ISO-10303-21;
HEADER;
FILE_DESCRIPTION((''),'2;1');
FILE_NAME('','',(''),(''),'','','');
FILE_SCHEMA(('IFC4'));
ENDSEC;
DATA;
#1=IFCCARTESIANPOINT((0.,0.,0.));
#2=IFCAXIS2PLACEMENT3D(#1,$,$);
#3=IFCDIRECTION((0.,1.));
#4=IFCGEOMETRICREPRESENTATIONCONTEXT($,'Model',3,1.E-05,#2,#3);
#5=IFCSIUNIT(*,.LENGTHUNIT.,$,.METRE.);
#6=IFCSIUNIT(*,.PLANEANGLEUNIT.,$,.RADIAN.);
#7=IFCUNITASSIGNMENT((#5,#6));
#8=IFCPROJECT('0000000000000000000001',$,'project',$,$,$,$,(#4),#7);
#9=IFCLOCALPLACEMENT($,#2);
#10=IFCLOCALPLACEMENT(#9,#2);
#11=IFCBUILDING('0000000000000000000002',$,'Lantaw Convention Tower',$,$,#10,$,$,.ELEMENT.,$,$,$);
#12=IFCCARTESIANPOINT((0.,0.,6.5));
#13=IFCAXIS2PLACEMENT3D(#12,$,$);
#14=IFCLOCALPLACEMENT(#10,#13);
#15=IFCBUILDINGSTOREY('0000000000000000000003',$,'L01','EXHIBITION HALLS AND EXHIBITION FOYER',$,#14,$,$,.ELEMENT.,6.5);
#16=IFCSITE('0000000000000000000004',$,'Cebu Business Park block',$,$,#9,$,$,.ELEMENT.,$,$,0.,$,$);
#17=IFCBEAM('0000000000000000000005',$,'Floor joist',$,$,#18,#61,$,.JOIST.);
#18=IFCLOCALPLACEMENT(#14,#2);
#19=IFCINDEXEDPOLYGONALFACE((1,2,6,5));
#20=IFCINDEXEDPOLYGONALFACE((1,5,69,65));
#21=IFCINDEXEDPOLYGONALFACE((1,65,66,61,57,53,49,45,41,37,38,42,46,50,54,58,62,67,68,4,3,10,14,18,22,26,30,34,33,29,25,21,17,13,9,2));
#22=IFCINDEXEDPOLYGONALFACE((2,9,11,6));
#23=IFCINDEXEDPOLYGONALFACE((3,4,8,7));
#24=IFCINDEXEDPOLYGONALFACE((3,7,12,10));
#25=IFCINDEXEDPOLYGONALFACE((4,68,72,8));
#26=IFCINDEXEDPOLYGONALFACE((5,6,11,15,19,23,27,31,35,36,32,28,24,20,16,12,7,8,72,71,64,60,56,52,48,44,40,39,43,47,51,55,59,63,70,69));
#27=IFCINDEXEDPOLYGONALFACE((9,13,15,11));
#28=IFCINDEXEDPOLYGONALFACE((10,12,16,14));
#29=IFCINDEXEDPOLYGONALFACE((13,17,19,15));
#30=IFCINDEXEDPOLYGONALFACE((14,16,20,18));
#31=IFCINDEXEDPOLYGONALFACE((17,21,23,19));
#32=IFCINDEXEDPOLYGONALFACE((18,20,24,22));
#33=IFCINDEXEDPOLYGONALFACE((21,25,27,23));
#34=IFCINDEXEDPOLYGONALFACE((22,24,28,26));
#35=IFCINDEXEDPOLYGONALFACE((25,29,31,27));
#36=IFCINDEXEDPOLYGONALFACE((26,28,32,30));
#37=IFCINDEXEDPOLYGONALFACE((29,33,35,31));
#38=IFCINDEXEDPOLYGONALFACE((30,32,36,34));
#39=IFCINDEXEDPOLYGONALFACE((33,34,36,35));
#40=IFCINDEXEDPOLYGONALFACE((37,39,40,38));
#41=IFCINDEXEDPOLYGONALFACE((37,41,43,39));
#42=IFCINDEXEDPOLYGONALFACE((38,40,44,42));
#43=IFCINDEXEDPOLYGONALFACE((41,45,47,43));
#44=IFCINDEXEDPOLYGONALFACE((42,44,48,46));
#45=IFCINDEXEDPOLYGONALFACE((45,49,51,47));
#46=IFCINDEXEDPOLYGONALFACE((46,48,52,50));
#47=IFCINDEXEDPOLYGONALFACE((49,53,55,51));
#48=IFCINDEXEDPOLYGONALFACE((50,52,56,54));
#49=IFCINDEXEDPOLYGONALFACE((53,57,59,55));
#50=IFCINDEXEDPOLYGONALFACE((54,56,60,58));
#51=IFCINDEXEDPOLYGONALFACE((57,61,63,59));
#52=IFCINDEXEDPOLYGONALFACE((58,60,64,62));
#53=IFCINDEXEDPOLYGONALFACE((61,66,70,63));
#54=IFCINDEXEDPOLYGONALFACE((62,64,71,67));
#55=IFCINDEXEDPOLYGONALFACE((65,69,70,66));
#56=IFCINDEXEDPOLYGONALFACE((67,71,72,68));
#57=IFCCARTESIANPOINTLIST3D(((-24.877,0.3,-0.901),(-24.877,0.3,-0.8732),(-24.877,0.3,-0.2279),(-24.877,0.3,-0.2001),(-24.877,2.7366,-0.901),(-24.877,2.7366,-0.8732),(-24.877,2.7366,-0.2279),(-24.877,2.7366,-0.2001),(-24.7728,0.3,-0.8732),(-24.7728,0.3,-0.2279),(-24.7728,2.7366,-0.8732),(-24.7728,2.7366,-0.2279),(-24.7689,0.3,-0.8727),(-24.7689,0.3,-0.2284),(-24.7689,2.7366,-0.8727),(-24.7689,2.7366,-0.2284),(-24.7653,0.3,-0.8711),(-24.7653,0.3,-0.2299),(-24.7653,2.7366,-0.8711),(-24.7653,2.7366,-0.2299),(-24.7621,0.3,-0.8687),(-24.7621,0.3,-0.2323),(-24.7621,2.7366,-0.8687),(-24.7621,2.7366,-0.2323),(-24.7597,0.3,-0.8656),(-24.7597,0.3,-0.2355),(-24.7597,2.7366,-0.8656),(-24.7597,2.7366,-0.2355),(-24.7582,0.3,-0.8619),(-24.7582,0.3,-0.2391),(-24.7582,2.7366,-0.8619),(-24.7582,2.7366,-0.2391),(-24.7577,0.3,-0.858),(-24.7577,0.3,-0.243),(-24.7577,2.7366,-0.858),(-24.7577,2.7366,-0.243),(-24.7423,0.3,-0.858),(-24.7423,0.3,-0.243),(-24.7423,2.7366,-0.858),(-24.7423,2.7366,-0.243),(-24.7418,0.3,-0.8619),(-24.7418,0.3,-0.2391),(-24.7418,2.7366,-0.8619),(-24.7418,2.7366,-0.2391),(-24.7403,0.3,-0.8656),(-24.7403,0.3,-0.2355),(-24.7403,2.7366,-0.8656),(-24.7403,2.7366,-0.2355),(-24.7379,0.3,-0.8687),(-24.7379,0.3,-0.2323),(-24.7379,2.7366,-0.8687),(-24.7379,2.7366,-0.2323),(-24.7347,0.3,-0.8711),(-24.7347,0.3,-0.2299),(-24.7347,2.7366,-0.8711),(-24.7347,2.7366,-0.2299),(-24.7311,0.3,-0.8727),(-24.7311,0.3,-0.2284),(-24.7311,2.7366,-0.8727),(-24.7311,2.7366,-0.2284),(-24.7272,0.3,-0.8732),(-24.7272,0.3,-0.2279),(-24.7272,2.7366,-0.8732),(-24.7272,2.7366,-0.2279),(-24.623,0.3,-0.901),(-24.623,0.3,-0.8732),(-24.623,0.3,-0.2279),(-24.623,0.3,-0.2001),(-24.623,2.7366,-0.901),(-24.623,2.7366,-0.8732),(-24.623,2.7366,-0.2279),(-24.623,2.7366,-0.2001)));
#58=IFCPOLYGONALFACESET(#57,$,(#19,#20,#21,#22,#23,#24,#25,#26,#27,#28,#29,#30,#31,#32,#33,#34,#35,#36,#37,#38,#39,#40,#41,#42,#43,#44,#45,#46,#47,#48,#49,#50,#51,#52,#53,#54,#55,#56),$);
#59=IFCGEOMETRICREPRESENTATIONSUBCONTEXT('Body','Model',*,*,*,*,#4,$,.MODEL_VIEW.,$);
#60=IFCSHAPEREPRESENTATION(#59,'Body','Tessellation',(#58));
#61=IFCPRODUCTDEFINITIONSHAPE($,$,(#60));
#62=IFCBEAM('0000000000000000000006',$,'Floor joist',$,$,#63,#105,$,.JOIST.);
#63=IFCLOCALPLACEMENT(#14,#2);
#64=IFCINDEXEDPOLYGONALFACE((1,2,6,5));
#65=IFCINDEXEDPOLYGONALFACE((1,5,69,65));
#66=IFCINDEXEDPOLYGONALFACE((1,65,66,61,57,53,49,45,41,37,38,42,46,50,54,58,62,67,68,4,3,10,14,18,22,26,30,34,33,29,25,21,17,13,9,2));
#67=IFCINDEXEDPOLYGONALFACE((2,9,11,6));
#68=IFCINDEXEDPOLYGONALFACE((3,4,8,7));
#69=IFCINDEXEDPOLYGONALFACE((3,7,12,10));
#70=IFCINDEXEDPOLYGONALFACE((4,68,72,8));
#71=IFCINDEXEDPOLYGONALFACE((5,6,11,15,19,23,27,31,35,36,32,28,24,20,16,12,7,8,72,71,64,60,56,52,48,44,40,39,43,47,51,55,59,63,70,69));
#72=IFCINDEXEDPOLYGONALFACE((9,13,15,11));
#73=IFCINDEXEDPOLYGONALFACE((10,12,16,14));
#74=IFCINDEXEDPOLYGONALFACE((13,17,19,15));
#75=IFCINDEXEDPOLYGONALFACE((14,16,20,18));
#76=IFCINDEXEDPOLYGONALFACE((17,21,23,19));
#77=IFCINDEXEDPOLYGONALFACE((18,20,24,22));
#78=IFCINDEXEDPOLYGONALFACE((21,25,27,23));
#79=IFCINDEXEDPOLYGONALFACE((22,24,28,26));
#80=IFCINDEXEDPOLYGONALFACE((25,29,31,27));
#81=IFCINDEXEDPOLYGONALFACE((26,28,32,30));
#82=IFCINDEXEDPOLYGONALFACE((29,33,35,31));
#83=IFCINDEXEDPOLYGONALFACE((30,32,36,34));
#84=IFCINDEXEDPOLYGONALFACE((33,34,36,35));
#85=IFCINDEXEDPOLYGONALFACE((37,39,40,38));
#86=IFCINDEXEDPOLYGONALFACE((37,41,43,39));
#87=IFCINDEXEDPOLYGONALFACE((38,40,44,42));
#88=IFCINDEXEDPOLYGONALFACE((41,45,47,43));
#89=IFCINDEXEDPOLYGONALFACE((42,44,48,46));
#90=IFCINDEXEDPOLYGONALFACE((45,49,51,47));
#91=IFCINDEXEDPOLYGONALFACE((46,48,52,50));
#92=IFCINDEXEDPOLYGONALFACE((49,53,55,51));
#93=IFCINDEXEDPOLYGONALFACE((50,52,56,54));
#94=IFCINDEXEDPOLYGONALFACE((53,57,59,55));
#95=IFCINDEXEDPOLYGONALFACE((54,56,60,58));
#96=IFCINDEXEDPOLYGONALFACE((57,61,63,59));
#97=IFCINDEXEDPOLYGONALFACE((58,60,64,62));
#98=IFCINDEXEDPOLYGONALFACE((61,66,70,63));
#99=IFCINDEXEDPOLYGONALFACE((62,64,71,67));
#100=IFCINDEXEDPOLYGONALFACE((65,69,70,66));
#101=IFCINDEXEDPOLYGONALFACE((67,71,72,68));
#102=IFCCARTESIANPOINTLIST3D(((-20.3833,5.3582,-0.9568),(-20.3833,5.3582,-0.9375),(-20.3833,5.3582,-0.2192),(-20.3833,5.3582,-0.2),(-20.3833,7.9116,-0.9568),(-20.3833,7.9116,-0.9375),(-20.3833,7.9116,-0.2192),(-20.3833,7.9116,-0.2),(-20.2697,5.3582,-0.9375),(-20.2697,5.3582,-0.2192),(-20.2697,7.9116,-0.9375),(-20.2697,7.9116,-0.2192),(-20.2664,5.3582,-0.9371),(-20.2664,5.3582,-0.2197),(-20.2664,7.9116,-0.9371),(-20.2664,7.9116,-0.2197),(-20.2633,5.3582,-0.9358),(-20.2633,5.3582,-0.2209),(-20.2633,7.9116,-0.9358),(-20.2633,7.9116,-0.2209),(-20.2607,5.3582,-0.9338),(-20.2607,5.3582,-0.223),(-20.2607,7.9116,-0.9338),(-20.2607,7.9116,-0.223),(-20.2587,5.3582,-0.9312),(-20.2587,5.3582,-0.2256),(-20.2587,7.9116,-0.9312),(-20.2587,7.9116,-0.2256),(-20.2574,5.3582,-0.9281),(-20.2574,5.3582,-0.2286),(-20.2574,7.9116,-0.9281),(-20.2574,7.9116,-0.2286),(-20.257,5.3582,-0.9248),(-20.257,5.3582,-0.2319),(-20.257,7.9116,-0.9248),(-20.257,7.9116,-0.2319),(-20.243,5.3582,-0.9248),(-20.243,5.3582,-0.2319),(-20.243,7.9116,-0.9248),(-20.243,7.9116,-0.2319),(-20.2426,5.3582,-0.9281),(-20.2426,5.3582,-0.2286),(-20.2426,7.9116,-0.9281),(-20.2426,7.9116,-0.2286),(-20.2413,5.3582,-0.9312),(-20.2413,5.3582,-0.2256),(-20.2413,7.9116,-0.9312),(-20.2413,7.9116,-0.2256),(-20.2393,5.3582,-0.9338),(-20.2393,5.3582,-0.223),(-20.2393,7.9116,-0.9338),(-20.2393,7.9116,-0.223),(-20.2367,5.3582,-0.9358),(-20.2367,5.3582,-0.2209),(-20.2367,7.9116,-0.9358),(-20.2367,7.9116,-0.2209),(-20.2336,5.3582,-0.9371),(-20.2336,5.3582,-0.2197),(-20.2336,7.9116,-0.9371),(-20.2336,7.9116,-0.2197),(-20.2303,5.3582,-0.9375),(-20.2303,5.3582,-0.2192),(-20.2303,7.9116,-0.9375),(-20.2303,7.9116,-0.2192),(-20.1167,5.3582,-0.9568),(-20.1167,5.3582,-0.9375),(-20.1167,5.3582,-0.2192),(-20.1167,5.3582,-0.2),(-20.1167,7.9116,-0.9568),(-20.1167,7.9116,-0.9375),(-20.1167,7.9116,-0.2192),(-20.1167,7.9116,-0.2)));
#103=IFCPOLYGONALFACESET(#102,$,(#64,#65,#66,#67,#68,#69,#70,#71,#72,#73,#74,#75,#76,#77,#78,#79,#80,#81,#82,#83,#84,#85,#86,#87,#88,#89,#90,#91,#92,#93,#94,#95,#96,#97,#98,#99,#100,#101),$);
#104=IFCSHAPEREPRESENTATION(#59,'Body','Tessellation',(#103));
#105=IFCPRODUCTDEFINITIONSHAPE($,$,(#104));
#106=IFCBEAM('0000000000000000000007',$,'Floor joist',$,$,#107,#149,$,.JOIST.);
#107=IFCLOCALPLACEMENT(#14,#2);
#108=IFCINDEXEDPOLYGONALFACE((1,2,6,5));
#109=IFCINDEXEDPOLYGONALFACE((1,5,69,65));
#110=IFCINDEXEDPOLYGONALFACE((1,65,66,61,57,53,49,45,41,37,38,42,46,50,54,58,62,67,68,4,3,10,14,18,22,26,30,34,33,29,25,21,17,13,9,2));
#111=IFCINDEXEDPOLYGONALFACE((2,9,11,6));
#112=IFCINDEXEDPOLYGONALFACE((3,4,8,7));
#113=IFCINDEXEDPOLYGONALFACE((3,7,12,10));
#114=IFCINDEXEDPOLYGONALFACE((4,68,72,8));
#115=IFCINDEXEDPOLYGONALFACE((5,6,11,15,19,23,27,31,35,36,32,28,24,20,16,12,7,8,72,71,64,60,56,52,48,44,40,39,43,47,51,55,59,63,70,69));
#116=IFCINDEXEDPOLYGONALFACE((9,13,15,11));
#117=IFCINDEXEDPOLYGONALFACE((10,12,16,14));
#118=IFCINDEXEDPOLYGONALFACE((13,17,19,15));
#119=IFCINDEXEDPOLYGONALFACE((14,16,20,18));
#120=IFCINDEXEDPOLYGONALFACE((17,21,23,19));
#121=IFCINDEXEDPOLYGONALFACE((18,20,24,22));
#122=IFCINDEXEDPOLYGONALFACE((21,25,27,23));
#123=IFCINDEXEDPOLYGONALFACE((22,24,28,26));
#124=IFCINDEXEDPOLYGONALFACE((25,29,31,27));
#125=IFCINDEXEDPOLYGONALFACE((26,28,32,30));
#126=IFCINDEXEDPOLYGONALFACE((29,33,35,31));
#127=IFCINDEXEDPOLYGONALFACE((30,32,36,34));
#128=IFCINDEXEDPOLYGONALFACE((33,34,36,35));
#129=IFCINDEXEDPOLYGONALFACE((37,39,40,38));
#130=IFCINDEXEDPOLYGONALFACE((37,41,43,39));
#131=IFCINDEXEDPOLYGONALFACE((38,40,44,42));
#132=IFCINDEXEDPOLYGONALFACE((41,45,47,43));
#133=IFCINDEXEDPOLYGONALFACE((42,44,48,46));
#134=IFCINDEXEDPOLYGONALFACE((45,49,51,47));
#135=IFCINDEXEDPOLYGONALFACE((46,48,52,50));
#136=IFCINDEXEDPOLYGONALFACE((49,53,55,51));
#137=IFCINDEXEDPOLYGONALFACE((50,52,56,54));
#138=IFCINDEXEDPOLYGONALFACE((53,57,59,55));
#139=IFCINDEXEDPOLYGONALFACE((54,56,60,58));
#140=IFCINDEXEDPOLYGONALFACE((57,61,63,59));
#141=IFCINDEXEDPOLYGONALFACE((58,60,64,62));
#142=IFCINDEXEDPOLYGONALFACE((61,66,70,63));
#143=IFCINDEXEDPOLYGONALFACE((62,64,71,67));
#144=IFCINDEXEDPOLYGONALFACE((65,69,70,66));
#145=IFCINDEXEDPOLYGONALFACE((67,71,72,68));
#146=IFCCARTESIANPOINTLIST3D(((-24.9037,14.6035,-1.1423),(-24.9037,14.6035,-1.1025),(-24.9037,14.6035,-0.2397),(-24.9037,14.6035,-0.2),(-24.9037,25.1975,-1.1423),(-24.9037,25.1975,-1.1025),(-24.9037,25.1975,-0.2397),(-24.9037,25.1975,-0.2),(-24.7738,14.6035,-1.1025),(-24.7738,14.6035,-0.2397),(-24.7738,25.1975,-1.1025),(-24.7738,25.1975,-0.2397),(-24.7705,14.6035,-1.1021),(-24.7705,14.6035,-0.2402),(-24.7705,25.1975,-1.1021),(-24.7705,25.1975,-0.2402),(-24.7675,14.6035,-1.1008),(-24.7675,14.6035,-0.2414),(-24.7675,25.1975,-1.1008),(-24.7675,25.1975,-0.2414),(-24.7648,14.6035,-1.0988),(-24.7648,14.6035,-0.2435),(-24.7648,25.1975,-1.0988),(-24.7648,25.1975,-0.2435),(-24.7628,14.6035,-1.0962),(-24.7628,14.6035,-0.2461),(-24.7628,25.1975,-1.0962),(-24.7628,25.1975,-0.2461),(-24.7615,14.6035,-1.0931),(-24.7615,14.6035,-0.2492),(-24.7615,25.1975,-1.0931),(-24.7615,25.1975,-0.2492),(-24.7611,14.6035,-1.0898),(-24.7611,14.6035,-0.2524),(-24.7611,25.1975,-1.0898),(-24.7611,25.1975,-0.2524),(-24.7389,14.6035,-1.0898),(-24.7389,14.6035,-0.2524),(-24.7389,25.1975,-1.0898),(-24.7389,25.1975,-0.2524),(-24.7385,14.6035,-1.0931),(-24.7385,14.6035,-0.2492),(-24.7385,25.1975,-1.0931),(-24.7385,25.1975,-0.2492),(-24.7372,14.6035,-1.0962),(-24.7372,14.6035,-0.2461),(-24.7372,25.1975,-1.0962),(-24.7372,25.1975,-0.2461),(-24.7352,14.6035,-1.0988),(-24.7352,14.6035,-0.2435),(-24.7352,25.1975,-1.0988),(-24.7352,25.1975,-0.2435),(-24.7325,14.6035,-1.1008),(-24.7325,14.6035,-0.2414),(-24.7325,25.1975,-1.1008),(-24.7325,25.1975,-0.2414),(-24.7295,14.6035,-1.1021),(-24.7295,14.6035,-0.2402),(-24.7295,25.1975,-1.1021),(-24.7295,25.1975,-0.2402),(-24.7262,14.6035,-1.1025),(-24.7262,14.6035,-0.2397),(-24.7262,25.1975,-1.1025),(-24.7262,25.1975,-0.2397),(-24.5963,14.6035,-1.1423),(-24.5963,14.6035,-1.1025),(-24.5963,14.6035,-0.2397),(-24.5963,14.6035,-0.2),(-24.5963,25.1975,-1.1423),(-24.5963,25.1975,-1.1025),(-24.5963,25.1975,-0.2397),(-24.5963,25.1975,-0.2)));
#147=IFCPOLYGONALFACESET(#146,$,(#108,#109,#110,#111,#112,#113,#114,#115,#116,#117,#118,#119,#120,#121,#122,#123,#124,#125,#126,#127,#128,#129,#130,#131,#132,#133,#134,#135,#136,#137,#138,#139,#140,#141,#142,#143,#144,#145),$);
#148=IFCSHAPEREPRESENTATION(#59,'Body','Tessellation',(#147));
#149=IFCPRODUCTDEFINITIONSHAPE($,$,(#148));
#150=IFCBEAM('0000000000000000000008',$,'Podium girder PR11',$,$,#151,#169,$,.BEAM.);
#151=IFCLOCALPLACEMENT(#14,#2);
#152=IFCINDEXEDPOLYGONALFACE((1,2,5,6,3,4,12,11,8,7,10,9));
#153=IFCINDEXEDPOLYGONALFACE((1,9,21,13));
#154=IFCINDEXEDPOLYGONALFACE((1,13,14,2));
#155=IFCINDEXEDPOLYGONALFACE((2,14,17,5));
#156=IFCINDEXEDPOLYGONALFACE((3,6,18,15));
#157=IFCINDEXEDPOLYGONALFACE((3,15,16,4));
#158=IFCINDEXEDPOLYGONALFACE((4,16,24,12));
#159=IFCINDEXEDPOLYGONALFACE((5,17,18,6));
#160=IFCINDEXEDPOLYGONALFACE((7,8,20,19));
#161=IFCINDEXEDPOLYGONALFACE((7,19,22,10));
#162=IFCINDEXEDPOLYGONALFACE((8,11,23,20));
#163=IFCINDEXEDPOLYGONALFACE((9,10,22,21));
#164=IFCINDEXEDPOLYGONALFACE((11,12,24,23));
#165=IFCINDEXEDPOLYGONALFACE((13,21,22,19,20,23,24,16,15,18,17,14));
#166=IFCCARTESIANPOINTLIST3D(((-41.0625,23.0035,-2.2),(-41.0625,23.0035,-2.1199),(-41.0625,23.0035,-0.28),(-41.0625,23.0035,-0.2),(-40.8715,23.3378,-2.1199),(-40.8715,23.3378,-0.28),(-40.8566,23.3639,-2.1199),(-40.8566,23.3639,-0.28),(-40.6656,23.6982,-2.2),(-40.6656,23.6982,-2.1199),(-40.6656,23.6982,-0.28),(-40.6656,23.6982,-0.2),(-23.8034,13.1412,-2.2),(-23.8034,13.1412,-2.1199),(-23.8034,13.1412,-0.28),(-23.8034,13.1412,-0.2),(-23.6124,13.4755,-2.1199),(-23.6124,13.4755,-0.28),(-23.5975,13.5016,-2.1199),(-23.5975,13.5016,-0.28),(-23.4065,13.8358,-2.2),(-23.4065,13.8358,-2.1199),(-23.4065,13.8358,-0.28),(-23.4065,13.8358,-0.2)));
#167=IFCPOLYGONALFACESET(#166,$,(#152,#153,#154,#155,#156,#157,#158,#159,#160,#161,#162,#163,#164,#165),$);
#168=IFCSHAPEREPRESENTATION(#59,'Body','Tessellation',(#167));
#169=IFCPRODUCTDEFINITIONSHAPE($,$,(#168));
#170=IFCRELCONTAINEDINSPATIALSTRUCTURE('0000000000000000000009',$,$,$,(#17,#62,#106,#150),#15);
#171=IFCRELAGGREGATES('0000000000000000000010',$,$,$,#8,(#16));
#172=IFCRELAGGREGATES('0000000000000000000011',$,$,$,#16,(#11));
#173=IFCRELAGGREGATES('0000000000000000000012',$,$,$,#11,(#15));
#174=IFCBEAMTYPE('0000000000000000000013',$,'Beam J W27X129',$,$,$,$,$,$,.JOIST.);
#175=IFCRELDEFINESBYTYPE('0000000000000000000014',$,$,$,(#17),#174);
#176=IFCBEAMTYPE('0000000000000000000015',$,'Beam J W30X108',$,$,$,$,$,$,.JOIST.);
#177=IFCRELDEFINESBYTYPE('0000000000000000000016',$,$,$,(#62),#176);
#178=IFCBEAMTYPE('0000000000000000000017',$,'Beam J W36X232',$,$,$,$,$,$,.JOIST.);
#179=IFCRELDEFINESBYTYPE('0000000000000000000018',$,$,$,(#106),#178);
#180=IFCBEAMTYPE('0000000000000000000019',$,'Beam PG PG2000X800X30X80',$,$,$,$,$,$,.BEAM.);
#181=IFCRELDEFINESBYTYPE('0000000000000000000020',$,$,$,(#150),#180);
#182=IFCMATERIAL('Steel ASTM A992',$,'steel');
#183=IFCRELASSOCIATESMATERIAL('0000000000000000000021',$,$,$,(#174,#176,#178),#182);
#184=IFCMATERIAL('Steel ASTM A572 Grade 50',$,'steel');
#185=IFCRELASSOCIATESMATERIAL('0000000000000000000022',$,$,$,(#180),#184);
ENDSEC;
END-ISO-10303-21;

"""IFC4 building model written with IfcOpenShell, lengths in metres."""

from ifc_helpers import new_model, si_unit, direction, frame, origin, origin_2d, place, context, subcontext, project, spatial, i_section, extrude, material, material_profile, profile_set, type_object, element, save


model = new_model("IFC4")

# Units and contexts
model_context = context("Model", 3, precision=1e-05, world=origin(), true_north=direction((0.0, 1.0)))
body_context = subcontext(model_context, "Body", "Model", "MODEL_VIEW")
ifc_project = project(units=[si_unit("LENGTHUNIT", "METRE"), si_unit("PLANEANGLEUNIT", "RADIAN")], contexts=[model_context])

# Site, building, storey
site_placement = place(None, origin())
site = spatial("IfcSite", under=ifc_project, at=site_placement, Name="Cebu Business Park block", CompositionType="ELEMENT", RefElevation=0.0)
building_placement = place(site_placement, origin())
building = spatial("IfcBuilding", under=site, at=building_placement, Name="Lantaw Convention Tower", CompositionType="ELEMENT")
storey_placement = place(building_placement, frame((0.0, 0.0, 6.5)))
storey = spatial("IfcBuildingStorey", under=building, at=storey_placement, Name="L01", Description="EXHIBITION HALLS AND EXHIBITION FOYER", CompositionType="ELEMENT", Elevation=6.5)

# Shared definitions
ifc_material_1 = material(Name="Steel ASTM A572 Grade 50", Category="steel")

# Beams
ifc_material_2 = material(Name="Steel ASTM A992", Category="steel")
ifc_material_profile_1 = material_profile(ifc_material_2, i_section(OverallWidth=0.2539, OverallDepth=0.7009, WebThickness=0.0154, FlangeThickness=0.0278, FilletRadius=0.0151, at=origin_2d()), Name="W27X129")
ifc_profile_set_1 = profile_set([ifc_material_profile_1], Name="Steel ASTM A992")
beam_type_1 = type_object("IfcBeamType", Name="Beam J W27X129", PredefinedType="JOIST", material=ifc_profile_set_1)
beam_1_placement = place(storey_placement, frame((-24.75, 0.3, -0.5505), z_axis=(0.0, 1.0, 0.0), x_axis=(-1.0, 0.0, 0.0)))
element("IfcBeam", 1, at=beam_1_placement, inside=storey, type_object=beam_type_1, Name="Floor joist", PredefinedType="JOIST", context=body_context, shape_type="SweptSolid", body=[
    extrude(i_section(OverallWidth=0.2539, OverallDepth=0.7009, WebThickness=0.0154, FlangeThickness=0.0278, FilletRadius=0.0151, at=origin_2d()), origin(), (0.0, 0.0, 1.0), 2.4365),
])
ifc_material_profile_2 = material_profile(ifc_material_2, i_section(OverallWidth=0.2666, OverallDepth=0.7568, WebThickness=0.0139, FlangeThickness=0.0193, FilletRadius=0.0127, at=origin_2d()), Name="W30X108")
ifc_profile_set_2 = profile_set([ifc_material_profile_2], Name="Steel ASTM A992")
beam_type_2 = type_object("IfcBeamType", Name="Beam J W30X108", PredefinedType="JOIST", material=ifc_profile_set_2)
beam_2_placement = place(storey_placement, frame((-20.25, 5.3582, -0.5784), z_axis=(0.0, 1.0, 0.0), x_axis=(-1.0, 0.0, 0.0)))
element("IfcBeam", 2, at=beam_2_placement, inside=storey, type_object=beam_type_2, Name="Floor joist", PredefinedType="JOIST", context=body_context, shape_type="SweptSolid", body=[
    extrude(i_section(OverallWidth=0.2666, OverallDepth=0.7568, WebThickness=0.0139, FlangeThickness=0.0193, FilletRadius=0.0127, at=origin_2d()), origin(), (0.0, 0.0, 1.0), 2.5535),
])
ifc_material_profile_3 = material_profile(ifc_material_2, i_section(OverallWidth=0.3074, OverallDepth=0.9424, WebThickness=0.0222, FlangeThickness=0.0398, FilletRadius=0.0127, at=origin_2d()), Name="W36X232")
ifc_profile_set_3 = profile_set([ifc_material_profile_3], Name="Steel ASTM A992")
beam_type_3 = type_object("IfcBeamType", Name="Beam J W36X232", PredefinedType="JOIST", material=ifc_profile_set_3)
beam_3_placement = place(storey_placement, frame((-24.75, 14.6035, -0.6711), z_axis=(0.0, 1.0, 0.0), x_axis=(-1.0, 0.0, 0.0)))
element("IfcBeam", 3, at=beam_3_placement, inside=storey, type_object=beam_type_3, Name="Floor joist", PredefinedType="JOIST", context=body_context, shape_type="SweptSolid", body=[
    extrude(i_section(OverallWidth=0.3074, OverallDepth=0.9424, WebThickness=0.0222, FlangeThickness=0.0398, FilletRadius=0.0127, at=origin_2d()), origin(), (0.0, 0.0, 1.0), 10.594),
])
ifc_material_profile_4 = material_profile(ifc_material_1, i_section(OverallWidth=0.8, OverallDepth=2.0, WebThickness=0.03, FlangeThickness=0.0801, at=origin_2d()), Name="PG2000X800X30X80")
ifc_profile_set_4 = profile_set([ifc_material_profile_4], Name="Steel ASTM A572 Grade 50")
beam_type_4 = type_object("IfcBeamType", Name="Beam PG PG2000X800X30X80", PredefinedType="BEAM", material=ifc_profile_set_4)
beam_4_placement = place(storey_placement, frame((-23.605, 13.4885, -1.2), z_axis=(-0.868243, 0.496139, 0.0), x_axis=(-0.496139, -0.868243, 0.0)))
element("IfcBeam", 4, at=beam_4_placement, inside=storey, type_object=beam_type_4, Name="Podium girder PR11", PredefinedType="BEAM", context=body_context, shape_type="SweptSolid", body=[
    extrude(i_section(OverallWidth=0.8, OverallDepth=2.0, WebThickness=0.03, FlangeThickness=0.0801, at=origin_2d()), origin(), (0.0, 0.0, 1.0), 19.8782),
])

save(model, "model.ifc")
